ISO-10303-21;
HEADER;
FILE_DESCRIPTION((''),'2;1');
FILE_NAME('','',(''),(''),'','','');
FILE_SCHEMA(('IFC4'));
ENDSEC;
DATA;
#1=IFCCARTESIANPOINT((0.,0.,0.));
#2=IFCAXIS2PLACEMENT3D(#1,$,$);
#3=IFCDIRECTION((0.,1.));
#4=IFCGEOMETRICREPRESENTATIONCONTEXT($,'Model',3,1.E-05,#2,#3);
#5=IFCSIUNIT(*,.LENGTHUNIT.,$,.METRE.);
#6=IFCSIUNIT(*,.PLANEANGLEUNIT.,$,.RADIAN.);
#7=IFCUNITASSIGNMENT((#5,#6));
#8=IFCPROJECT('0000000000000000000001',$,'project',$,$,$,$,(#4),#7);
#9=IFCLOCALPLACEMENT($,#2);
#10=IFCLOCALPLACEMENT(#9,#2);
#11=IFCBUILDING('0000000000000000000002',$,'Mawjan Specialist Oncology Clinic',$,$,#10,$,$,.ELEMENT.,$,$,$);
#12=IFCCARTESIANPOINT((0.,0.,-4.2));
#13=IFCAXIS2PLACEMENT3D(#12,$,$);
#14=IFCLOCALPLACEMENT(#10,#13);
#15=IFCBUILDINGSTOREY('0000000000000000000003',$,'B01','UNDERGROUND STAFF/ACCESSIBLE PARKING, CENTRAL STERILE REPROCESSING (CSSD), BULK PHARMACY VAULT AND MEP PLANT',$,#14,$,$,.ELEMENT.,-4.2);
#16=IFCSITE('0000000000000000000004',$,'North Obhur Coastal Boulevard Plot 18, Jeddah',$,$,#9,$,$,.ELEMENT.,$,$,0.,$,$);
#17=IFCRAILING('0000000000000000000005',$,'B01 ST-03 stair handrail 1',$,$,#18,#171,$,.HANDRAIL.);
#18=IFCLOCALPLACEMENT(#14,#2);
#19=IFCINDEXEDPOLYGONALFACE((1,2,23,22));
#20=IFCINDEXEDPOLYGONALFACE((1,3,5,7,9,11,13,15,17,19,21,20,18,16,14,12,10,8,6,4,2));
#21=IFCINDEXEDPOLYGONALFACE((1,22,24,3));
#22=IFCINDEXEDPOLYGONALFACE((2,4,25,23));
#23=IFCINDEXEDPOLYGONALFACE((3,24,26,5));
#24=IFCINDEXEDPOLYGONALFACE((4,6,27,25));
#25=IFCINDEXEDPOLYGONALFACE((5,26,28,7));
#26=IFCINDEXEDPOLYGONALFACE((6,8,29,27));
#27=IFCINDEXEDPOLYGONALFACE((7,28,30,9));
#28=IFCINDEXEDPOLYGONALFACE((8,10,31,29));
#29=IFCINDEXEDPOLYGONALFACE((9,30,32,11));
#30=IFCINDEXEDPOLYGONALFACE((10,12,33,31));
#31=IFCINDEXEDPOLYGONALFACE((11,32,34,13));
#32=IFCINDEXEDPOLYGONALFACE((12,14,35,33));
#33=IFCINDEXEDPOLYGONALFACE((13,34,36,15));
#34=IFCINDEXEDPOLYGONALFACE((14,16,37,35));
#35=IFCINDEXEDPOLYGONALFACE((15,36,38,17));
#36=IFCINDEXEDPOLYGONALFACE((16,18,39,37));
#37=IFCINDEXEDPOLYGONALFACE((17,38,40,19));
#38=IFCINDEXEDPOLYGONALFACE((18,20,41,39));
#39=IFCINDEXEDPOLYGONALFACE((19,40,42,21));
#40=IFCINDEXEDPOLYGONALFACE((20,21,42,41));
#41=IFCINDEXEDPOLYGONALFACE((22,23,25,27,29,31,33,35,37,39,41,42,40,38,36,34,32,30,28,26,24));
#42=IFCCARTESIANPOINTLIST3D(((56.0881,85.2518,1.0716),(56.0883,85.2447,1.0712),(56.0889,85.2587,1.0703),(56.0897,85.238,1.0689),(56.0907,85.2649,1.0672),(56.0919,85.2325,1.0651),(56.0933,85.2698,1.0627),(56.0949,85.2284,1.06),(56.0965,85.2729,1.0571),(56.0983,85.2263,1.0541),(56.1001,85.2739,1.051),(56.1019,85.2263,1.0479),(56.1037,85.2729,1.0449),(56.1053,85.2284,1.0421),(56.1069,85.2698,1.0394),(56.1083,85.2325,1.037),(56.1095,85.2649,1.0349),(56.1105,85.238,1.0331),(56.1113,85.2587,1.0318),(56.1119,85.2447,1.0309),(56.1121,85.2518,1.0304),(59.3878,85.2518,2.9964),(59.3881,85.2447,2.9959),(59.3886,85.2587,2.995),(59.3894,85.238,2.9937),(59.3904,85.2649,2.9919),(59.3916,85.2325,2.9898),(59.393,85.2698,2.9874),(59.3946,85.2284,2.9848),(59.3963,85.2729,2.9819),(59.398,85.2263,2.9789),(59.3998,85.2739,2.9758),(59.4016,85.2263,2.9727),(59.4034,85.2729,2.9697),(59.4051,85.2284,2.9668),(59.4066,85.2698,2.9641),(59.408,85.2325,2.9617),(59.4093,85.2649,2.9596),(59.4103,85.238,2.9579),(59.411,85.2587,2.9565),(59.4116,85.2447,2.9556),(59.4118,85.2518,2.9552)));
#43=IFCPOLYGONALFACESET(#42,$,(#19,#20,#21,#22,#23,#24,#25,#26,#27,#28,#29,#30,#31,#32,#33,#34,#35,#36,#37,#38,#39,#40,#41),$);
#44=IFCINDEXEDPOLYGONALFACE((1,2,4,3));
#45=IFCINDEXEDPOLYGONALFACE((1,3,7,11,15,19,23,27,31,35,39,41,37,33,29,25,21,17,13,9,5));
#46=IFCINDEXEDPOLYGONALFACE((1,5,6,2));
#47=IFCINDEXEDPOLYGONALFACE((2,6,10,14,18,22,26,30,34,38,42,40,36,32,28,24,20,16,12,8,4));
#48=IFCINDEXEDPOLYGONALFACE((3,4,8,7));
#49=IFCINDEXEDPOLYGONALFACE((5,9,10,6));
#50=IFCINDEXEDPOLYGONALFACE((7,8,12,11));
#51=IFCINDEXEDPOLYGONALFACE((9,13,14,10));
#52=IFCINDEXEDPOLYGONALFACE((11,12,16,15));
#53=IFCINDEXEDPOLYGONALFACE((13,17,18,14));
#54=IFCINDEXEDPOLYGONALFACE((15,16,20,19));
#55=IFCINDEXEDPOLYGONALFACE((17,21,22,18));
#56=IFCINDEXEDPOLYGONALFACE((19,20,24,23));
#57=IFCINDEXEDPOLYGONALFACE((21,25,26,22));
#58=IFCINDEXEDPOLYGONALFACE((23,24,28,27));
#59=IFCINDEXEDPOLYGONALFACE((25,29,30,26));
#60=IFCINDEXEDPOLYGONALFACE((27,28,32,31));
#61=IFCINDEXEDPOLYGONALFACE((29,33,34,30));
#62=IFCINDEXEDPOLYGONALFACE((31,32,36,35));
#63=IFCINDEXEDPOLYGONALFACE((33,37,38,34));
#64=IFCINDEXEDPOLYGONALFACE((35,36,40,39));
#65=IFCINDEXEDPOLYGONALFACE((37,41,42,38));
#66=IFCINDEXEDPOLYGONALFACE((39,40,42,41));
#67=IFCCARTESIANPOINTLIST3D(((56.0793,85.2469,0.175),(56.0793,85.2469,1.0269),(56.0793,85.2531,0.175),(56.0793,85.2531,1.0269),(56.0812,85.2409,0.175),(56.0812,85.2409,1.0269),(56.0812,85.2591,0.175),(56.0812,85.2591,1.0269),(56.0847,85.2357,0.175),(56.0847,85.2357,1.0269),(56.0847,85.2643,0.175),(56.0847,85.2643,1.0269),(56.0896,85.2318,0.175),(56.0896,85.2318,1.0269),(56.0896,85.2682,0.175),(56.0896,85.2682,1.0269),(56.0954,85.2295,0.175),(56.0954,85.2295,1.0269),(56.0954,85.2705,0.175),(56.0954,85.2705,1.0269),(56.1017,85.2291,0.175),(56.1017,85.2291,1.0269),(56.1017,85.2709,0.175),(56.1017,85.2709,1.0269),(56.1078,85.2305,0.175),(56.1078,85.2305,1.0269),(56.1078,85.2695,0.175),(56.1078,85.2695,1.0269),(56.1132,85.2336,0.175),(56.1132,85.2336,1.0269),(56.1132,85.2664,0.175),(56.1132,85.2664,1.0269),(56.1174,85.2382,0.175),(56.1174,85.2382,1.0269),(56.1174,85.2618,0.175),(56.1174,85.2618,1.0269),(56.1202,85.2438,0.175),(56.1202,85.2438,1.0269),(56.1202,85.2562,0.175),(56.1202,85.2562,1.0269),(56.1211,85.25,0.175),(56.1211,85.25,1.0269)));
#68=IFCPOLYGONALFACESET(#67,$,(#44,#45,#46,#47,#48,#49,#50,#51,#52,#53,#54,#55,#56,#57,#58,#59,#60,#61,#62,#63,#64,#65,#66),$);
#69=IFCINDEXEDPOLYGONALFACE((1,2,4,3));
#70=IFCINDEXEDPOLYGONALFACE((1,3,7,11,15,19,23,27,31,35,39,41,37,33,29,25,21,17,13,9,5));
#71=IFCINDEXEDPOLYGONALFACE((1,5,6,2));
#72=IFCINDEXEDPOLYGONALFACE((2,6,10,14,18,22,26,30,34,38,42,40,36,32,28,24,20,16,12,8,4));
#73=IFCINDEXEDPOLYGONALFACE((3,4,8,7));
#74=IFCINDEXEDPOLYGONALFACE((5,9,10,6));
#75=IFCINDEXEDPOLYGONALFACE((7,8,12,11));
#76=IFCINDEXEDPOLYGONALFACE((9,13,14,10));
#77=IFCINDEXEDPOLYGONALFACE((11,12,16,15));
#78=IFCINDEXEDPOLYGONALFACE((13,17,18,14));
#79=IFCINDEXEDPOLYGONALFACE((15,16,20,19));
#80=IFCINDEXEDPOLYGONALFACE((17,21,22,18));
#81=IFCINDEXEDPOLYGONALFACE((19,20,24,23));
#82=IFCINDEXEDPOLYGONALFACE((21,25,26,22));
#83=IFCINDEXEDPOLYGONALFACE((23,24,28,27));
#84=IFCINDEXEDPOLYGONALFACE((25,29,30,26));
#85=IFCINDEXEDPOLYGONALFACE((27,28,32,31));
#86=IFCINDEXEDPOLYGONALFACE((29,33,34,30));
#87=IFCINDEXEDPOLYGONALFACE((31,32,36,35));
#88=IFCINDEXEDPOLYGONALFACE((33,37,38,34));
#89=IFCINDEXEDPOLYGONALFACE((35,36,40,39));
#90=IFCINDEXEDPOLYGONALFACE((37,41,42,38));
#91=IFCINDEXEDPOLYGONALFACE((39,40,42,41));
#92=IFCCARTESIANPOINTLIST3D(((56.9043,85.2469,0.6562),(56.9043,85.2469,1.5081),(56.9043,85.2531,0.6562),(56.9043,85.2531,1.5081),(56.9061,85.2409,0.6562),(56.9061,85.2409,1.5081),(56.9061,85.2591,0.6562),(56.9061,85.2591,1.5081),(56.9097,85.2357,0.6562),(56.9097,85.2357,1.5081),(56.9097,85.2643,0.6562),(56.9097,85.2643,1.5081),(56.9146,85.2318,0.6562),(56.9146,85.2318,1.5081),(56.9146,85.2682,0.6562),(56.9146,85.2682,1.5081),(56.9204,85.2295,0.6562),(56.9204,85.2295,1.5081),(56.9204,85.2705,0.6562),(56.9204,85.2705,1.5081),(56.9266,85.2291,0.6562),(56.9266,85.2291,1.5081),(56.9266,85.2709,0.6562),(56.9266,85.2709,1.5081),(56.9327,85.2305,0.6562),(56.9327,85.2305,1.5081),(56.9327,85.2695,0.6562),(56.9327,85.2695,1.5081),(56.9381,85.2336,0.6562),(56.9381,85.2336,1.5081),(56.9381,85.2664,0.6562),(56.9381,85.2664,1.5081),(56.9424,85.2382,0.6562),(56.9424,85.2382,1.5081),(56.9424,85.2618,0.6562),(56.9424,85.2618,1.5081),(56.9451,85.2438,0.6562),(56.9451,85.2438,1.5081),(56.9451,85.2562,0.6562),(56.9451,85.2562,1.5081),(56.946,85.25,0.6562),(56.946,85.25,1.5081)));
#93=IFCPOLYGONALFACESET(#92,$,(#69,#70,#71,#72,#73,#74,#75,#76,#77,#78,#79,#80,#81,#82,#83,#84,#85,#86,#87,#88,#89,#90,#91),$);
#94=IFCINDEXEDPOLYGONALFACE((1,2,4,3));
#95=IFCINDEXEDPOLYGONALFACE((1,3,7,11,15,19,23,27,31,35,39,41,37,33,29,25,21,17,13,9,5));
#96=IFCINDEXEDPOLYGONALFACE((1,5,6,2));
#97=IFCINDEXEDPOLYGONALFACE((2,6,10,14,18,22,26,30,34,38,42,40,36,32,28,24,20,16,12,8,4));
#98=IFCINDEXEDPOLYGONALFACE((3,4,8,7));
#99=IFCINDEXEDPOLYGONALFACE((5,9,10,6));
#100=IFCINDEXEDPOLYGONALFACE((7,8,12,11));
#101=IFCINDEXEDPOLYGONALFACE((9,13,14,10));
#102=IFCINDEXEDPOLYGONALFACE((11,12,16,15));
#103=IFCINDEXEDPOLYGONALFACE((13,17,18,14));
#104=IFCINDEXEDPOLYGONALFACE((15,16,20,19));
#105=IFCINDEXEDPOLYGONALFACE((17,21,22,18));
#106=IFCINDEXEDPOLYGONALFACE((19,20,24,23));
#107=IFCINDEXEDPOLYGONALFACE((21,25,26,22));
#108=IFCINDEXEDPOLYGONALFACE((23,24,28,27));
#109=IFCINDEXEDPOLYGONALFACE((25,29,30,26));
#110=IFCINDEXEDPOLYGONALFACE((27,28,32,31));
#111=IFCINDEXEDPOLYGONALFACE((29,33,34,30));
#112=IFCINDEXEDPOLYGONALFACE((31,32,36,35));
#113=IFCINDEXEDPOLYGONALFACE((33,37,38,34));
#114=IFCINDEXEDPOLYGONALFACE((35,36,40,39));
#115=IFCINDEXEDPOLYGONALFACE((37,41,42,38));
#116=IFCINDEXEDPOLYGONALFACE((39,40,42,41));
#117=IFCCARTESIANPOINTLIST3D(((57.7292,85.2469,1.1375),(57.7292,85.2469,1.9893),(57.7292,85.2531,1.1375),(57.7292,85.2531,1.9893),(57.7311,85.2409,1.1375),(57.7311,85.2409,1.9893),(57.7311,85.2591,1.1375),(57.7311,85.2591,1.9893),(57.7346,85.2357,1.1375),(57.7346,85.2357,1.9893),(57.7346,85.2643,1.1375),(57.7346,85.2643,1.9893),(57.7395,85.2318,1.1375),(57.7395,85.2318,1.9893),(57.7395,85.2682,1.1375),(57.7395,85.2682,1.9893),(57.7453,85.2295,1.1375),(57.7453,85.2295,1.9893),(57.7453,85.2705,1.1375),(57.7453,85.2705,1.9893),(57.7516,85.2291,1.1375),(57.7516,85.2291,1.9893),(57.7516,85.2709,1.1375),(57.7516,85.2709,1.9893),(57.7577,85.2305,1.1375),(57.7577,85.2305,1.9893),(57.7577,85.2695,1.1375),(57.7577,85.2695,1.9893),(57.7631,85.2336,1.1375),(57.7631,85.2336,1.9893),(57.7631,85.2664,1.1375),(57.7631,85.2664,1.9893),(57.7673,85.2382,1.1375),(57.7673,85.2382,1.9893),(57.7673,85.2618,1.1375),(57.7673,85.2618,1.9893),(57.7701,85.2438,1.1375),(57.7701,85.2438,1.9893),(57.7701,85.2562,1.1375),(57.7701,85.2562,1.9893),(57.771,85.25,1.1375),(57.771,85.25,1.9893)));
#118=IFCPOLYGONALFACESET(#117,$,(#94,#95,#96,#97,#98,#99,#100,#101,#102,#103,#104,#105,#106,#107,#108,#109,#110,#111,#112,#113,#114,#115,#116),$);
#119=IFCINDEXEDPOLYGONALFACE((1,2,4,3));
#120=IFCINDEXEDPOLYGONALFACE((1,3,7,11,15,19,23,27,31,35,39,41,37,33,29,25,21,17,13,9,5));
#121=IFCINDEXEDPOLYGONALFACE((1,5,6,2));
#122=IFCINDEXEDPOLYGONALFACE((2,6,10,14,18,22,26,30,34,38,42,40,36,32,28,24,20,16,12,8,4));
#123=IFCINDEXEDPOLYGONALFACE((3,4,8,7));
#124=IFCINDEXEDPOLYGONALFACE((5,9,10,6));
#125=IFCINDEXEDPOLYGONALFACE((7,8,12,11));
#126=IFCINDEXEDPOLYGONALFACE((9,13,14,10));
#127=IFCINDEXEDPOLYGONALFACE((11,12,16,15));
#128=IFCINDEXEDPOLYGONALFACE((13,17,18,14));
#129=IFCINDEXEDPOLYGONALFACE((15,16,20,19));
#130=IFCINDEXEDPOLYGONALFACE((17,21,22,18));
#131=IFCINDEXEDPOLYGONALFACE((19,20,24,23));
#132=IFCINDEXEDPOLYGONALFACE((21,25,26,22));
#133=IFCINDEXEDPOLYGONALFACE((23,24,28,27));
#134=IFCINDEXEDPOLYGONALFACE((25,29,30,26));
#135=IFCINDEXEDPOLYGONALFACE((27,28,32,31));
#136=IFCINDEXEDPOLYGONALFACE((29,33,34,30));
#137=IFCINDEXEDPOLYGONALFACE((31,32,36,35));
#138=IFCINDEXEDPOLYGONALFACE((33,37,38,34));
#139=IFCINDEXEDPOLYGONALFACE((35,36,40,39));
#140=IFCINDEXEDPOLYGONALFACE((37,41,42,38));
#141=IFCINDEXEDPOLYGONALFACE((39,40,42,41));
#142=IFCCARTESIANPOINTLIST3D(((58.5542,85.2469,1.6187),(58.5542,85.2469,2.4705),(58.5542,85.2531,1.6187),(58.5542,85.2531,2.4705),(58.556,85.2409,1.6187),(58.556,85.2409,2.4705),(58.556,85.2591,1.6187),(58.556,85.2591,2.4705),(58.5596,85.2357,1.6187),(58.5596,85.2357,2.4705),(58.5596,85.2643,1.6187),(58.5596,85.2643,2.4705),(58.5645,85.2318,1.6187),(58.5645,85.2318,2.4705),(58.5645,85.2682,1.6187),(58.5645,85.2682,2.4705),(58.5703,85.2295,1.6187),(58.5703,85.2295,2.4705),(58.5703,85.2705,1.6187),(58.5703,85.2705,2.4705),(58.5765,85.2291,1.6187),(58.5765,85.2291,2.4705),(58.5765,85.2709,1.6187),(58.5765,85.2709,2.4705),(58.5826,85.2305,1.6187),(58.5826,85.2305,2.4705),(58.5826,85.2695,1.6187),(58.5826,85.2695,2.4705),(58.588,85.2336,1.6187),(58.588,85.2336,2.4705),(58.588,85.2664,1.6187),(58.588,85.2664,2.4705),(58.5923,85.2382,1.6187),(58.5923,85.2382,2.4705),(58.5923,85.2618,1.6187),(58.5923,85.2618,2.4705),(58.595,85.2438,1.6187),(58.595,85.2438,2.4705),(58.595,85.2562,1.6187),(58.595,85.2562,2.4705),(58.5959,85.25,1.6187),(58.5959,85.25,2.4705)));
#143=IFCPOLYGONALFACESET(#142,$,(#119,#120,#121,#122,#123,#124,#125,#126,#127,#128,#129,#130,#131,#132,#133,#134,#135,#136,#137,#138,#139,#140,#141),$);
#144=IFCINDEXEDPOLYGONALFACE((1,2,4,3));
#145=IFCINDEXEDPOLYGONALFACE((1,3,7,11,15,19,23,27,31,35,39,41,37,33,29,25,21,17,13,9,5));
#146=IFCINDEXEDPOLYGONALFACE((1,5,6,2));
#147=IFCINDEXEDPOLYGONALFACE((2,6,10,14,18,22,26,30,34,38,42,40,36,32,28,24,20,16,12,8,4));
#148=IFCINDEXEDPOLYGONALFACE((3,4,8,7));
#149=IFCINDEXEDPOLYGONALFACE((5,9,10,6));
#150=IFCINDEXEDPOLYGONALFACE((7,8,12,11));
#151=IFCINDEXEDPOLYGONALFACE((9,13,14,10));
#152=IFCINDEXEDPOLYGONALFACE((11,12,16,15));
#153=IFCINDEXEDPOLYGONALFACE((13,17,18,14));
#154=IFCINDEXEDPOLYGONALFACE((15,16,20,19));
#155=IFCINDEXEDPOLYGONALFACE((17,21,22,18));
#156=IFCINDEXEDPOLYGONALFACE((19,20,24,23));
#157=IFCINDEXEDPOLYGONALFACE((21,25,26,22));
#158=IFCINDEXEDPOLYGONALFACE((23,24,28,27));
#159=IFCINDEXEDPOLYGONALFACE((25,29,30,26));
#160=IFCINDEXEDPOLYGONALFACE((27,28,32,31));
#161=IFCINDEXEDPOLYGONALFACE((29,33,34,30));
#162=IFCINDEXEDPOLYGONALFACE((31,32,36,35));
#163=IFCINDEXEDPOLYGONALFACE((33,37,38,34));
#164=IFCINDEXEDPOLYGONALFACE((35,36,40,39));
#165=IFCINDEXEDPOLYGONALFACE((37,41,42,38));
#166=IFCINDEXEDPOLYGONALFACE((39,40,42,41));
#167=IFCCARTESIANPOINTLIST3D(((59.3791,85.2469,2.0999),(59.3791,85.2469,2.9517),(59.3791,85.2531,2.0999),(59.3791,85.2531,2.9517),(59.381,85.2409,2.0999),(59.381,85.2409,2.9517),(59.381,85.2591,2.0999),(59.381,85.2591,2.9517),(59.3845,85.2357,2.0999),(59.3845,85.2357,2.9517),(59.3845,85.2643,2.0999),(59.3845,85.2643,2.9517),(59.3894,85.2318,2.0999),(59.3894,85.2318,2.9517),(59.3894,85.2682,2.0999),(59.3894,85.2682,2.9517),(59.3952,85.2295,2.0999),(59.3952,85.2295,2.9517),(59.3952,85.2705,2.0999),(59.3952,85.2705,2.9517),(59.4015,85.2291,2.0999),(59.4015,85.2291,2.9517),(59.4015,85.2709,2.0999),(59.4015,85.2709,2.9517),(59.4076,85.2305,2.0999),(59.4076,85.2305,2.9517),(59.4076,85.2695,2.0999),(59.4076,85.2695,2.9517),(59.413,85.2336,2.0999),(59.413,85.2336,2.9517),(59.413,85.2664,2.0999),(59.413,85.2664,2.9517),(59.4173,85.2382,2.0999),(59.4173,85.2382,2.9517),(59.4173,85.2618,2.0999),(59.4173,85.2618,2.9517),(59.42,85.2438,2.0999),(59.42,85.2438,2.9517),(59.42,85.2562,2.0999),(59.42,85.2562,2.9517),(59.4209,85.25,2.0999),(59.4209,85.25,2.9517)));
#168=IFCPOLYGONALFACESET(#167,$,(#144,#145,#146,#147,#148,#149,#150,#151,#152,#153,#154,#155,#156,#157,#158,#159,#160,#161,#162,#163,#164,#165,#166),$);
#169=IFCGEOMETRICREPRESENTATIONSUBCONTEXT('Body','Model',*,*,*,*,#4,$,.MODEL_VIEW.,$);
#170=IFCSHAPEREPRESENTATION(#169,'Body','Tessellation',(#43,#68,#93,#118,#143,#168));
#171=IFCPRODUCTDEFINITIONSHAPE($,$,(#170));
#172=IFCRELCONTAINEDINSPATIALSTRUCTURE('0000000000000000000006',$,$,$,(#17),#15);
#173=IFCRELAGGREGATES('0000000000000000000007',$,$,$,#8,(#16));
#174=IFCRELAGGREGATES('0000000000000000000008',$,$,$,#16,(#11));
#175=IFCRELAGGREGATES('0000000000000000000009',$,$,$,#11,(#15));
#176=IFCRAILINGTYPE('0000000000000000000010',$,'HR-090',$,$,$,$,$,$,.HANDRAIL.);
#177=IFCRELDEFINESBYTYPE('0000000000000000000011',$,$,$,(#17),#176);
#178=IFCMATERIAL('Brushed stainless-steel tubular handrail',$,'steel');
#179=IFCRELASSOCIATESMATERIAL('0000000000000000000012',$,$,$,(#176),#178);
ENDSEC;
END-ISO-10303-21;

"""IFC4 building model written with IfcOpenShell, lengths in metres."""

from ifc_helpers import new_model, si_unit, direction, frame, origin, origin_2d, place, context, subcontext, project, spatial, circle, extrude, material, type_object, element, save


model = new_model("IFC4")

# Units and contexts
model_context = context("Model", 3, precision=1e-05, world=origin(), true_north=direction((0.0, 1.0)))
body_context = subcontext(model_context, "Body", "Model", "MODEL_VIEW")
ifc_project = project(units=[si_unit("LENGTHUNIT", "METRE"), si_unit("PLANEANGLEUNIT", "RADIAN")], contexts=[model_context])

# Site, building, storey
site_placement = place(None, origin())
site = spatial("IfcSite", under=ifc_project, at=site_placement, Name="North Obhur Coastal Boulevard Plot 18, Jeddah", CompositionType="ELEMENT", RefElevation=0.0)
building_placement = place(site_placement, origin())
building = spatial("IfcBuilding", under=site, at=building_placement, Name="Mawjan Specialist Oncology Clinic", CompositionType="ELEMENT")
storey_placement = place(building_placement, frame((0.0, 0.0, -4.2)))
storey = spatial("IfcBuildingStorey", under=building, at=storey_placement, Name="B01", Description="UNDERGROUND STAFF/ACCESSIBLE PARKING, CENTRAL STERILE REPROCESSING (CSSD), BULK PHARMACY VAULT AND MEP PLANT", CompositionType="ELEMENT", Elevation=-4.2)

# Railing
ifc_material_1 = material(Name="Brushed stainless-steel tubular handrail", Category="steel")
railing_type_1 = type_object("IfcRailingType", Name="HR-090", PredefinedType="HANDRAIL", material=ifc_material_1)
railing_1_placement = place(storey_placement, frame((56.1001, 85.25, 0.175)))
element("IfcRailing", 1, at=railing_1_placement, inside=storey, type_object=railing_type_1, Name="B01 ST-03 stair handrail 1", PredefinedType="HANDRAIL", context=body_context, shape_type="SweptSolid", body=[
    extrude(circle(Radius=0.0239, at=origin_2d()), frame((0.0, 0.0, 0.876), z_axis=(0.863788, 0.0, 0.503855), x_axis=(0.0, 1.0, 0.0)), (0.0, 0.0, 1.0), 3.8201),
    extrude(circle(Radius=0.021, at=origin_2d()), origin(), (0.0, 0.0, 1.0), 0.8518),
    extrude(circle(Radius=0.021, at=origin_2d()), frame((0.825, 0.0, 0.4812)), (0.0, 0.0, 1.0), 0.8518),
    extrude(circle(Radius=0.021, at=origin_2d()), frame((1.6499, 0.0, 0.9624)), (0.0, 0.0, 1.0), 0.8518),
    extrude(circle(Radius=0.021, at=origin_2d()), frame((2.4749, 0.0, 1.4436)), (0.0, 0.0, 1.0), 0.8518),
    extrude(circle(Radius=0.021, at=origin_2d()), frame((3.2998, 0.0, 1.9248)), (0.0, 0.0, 1.0), 0.8518),
])

save(model, "model.ifc")
